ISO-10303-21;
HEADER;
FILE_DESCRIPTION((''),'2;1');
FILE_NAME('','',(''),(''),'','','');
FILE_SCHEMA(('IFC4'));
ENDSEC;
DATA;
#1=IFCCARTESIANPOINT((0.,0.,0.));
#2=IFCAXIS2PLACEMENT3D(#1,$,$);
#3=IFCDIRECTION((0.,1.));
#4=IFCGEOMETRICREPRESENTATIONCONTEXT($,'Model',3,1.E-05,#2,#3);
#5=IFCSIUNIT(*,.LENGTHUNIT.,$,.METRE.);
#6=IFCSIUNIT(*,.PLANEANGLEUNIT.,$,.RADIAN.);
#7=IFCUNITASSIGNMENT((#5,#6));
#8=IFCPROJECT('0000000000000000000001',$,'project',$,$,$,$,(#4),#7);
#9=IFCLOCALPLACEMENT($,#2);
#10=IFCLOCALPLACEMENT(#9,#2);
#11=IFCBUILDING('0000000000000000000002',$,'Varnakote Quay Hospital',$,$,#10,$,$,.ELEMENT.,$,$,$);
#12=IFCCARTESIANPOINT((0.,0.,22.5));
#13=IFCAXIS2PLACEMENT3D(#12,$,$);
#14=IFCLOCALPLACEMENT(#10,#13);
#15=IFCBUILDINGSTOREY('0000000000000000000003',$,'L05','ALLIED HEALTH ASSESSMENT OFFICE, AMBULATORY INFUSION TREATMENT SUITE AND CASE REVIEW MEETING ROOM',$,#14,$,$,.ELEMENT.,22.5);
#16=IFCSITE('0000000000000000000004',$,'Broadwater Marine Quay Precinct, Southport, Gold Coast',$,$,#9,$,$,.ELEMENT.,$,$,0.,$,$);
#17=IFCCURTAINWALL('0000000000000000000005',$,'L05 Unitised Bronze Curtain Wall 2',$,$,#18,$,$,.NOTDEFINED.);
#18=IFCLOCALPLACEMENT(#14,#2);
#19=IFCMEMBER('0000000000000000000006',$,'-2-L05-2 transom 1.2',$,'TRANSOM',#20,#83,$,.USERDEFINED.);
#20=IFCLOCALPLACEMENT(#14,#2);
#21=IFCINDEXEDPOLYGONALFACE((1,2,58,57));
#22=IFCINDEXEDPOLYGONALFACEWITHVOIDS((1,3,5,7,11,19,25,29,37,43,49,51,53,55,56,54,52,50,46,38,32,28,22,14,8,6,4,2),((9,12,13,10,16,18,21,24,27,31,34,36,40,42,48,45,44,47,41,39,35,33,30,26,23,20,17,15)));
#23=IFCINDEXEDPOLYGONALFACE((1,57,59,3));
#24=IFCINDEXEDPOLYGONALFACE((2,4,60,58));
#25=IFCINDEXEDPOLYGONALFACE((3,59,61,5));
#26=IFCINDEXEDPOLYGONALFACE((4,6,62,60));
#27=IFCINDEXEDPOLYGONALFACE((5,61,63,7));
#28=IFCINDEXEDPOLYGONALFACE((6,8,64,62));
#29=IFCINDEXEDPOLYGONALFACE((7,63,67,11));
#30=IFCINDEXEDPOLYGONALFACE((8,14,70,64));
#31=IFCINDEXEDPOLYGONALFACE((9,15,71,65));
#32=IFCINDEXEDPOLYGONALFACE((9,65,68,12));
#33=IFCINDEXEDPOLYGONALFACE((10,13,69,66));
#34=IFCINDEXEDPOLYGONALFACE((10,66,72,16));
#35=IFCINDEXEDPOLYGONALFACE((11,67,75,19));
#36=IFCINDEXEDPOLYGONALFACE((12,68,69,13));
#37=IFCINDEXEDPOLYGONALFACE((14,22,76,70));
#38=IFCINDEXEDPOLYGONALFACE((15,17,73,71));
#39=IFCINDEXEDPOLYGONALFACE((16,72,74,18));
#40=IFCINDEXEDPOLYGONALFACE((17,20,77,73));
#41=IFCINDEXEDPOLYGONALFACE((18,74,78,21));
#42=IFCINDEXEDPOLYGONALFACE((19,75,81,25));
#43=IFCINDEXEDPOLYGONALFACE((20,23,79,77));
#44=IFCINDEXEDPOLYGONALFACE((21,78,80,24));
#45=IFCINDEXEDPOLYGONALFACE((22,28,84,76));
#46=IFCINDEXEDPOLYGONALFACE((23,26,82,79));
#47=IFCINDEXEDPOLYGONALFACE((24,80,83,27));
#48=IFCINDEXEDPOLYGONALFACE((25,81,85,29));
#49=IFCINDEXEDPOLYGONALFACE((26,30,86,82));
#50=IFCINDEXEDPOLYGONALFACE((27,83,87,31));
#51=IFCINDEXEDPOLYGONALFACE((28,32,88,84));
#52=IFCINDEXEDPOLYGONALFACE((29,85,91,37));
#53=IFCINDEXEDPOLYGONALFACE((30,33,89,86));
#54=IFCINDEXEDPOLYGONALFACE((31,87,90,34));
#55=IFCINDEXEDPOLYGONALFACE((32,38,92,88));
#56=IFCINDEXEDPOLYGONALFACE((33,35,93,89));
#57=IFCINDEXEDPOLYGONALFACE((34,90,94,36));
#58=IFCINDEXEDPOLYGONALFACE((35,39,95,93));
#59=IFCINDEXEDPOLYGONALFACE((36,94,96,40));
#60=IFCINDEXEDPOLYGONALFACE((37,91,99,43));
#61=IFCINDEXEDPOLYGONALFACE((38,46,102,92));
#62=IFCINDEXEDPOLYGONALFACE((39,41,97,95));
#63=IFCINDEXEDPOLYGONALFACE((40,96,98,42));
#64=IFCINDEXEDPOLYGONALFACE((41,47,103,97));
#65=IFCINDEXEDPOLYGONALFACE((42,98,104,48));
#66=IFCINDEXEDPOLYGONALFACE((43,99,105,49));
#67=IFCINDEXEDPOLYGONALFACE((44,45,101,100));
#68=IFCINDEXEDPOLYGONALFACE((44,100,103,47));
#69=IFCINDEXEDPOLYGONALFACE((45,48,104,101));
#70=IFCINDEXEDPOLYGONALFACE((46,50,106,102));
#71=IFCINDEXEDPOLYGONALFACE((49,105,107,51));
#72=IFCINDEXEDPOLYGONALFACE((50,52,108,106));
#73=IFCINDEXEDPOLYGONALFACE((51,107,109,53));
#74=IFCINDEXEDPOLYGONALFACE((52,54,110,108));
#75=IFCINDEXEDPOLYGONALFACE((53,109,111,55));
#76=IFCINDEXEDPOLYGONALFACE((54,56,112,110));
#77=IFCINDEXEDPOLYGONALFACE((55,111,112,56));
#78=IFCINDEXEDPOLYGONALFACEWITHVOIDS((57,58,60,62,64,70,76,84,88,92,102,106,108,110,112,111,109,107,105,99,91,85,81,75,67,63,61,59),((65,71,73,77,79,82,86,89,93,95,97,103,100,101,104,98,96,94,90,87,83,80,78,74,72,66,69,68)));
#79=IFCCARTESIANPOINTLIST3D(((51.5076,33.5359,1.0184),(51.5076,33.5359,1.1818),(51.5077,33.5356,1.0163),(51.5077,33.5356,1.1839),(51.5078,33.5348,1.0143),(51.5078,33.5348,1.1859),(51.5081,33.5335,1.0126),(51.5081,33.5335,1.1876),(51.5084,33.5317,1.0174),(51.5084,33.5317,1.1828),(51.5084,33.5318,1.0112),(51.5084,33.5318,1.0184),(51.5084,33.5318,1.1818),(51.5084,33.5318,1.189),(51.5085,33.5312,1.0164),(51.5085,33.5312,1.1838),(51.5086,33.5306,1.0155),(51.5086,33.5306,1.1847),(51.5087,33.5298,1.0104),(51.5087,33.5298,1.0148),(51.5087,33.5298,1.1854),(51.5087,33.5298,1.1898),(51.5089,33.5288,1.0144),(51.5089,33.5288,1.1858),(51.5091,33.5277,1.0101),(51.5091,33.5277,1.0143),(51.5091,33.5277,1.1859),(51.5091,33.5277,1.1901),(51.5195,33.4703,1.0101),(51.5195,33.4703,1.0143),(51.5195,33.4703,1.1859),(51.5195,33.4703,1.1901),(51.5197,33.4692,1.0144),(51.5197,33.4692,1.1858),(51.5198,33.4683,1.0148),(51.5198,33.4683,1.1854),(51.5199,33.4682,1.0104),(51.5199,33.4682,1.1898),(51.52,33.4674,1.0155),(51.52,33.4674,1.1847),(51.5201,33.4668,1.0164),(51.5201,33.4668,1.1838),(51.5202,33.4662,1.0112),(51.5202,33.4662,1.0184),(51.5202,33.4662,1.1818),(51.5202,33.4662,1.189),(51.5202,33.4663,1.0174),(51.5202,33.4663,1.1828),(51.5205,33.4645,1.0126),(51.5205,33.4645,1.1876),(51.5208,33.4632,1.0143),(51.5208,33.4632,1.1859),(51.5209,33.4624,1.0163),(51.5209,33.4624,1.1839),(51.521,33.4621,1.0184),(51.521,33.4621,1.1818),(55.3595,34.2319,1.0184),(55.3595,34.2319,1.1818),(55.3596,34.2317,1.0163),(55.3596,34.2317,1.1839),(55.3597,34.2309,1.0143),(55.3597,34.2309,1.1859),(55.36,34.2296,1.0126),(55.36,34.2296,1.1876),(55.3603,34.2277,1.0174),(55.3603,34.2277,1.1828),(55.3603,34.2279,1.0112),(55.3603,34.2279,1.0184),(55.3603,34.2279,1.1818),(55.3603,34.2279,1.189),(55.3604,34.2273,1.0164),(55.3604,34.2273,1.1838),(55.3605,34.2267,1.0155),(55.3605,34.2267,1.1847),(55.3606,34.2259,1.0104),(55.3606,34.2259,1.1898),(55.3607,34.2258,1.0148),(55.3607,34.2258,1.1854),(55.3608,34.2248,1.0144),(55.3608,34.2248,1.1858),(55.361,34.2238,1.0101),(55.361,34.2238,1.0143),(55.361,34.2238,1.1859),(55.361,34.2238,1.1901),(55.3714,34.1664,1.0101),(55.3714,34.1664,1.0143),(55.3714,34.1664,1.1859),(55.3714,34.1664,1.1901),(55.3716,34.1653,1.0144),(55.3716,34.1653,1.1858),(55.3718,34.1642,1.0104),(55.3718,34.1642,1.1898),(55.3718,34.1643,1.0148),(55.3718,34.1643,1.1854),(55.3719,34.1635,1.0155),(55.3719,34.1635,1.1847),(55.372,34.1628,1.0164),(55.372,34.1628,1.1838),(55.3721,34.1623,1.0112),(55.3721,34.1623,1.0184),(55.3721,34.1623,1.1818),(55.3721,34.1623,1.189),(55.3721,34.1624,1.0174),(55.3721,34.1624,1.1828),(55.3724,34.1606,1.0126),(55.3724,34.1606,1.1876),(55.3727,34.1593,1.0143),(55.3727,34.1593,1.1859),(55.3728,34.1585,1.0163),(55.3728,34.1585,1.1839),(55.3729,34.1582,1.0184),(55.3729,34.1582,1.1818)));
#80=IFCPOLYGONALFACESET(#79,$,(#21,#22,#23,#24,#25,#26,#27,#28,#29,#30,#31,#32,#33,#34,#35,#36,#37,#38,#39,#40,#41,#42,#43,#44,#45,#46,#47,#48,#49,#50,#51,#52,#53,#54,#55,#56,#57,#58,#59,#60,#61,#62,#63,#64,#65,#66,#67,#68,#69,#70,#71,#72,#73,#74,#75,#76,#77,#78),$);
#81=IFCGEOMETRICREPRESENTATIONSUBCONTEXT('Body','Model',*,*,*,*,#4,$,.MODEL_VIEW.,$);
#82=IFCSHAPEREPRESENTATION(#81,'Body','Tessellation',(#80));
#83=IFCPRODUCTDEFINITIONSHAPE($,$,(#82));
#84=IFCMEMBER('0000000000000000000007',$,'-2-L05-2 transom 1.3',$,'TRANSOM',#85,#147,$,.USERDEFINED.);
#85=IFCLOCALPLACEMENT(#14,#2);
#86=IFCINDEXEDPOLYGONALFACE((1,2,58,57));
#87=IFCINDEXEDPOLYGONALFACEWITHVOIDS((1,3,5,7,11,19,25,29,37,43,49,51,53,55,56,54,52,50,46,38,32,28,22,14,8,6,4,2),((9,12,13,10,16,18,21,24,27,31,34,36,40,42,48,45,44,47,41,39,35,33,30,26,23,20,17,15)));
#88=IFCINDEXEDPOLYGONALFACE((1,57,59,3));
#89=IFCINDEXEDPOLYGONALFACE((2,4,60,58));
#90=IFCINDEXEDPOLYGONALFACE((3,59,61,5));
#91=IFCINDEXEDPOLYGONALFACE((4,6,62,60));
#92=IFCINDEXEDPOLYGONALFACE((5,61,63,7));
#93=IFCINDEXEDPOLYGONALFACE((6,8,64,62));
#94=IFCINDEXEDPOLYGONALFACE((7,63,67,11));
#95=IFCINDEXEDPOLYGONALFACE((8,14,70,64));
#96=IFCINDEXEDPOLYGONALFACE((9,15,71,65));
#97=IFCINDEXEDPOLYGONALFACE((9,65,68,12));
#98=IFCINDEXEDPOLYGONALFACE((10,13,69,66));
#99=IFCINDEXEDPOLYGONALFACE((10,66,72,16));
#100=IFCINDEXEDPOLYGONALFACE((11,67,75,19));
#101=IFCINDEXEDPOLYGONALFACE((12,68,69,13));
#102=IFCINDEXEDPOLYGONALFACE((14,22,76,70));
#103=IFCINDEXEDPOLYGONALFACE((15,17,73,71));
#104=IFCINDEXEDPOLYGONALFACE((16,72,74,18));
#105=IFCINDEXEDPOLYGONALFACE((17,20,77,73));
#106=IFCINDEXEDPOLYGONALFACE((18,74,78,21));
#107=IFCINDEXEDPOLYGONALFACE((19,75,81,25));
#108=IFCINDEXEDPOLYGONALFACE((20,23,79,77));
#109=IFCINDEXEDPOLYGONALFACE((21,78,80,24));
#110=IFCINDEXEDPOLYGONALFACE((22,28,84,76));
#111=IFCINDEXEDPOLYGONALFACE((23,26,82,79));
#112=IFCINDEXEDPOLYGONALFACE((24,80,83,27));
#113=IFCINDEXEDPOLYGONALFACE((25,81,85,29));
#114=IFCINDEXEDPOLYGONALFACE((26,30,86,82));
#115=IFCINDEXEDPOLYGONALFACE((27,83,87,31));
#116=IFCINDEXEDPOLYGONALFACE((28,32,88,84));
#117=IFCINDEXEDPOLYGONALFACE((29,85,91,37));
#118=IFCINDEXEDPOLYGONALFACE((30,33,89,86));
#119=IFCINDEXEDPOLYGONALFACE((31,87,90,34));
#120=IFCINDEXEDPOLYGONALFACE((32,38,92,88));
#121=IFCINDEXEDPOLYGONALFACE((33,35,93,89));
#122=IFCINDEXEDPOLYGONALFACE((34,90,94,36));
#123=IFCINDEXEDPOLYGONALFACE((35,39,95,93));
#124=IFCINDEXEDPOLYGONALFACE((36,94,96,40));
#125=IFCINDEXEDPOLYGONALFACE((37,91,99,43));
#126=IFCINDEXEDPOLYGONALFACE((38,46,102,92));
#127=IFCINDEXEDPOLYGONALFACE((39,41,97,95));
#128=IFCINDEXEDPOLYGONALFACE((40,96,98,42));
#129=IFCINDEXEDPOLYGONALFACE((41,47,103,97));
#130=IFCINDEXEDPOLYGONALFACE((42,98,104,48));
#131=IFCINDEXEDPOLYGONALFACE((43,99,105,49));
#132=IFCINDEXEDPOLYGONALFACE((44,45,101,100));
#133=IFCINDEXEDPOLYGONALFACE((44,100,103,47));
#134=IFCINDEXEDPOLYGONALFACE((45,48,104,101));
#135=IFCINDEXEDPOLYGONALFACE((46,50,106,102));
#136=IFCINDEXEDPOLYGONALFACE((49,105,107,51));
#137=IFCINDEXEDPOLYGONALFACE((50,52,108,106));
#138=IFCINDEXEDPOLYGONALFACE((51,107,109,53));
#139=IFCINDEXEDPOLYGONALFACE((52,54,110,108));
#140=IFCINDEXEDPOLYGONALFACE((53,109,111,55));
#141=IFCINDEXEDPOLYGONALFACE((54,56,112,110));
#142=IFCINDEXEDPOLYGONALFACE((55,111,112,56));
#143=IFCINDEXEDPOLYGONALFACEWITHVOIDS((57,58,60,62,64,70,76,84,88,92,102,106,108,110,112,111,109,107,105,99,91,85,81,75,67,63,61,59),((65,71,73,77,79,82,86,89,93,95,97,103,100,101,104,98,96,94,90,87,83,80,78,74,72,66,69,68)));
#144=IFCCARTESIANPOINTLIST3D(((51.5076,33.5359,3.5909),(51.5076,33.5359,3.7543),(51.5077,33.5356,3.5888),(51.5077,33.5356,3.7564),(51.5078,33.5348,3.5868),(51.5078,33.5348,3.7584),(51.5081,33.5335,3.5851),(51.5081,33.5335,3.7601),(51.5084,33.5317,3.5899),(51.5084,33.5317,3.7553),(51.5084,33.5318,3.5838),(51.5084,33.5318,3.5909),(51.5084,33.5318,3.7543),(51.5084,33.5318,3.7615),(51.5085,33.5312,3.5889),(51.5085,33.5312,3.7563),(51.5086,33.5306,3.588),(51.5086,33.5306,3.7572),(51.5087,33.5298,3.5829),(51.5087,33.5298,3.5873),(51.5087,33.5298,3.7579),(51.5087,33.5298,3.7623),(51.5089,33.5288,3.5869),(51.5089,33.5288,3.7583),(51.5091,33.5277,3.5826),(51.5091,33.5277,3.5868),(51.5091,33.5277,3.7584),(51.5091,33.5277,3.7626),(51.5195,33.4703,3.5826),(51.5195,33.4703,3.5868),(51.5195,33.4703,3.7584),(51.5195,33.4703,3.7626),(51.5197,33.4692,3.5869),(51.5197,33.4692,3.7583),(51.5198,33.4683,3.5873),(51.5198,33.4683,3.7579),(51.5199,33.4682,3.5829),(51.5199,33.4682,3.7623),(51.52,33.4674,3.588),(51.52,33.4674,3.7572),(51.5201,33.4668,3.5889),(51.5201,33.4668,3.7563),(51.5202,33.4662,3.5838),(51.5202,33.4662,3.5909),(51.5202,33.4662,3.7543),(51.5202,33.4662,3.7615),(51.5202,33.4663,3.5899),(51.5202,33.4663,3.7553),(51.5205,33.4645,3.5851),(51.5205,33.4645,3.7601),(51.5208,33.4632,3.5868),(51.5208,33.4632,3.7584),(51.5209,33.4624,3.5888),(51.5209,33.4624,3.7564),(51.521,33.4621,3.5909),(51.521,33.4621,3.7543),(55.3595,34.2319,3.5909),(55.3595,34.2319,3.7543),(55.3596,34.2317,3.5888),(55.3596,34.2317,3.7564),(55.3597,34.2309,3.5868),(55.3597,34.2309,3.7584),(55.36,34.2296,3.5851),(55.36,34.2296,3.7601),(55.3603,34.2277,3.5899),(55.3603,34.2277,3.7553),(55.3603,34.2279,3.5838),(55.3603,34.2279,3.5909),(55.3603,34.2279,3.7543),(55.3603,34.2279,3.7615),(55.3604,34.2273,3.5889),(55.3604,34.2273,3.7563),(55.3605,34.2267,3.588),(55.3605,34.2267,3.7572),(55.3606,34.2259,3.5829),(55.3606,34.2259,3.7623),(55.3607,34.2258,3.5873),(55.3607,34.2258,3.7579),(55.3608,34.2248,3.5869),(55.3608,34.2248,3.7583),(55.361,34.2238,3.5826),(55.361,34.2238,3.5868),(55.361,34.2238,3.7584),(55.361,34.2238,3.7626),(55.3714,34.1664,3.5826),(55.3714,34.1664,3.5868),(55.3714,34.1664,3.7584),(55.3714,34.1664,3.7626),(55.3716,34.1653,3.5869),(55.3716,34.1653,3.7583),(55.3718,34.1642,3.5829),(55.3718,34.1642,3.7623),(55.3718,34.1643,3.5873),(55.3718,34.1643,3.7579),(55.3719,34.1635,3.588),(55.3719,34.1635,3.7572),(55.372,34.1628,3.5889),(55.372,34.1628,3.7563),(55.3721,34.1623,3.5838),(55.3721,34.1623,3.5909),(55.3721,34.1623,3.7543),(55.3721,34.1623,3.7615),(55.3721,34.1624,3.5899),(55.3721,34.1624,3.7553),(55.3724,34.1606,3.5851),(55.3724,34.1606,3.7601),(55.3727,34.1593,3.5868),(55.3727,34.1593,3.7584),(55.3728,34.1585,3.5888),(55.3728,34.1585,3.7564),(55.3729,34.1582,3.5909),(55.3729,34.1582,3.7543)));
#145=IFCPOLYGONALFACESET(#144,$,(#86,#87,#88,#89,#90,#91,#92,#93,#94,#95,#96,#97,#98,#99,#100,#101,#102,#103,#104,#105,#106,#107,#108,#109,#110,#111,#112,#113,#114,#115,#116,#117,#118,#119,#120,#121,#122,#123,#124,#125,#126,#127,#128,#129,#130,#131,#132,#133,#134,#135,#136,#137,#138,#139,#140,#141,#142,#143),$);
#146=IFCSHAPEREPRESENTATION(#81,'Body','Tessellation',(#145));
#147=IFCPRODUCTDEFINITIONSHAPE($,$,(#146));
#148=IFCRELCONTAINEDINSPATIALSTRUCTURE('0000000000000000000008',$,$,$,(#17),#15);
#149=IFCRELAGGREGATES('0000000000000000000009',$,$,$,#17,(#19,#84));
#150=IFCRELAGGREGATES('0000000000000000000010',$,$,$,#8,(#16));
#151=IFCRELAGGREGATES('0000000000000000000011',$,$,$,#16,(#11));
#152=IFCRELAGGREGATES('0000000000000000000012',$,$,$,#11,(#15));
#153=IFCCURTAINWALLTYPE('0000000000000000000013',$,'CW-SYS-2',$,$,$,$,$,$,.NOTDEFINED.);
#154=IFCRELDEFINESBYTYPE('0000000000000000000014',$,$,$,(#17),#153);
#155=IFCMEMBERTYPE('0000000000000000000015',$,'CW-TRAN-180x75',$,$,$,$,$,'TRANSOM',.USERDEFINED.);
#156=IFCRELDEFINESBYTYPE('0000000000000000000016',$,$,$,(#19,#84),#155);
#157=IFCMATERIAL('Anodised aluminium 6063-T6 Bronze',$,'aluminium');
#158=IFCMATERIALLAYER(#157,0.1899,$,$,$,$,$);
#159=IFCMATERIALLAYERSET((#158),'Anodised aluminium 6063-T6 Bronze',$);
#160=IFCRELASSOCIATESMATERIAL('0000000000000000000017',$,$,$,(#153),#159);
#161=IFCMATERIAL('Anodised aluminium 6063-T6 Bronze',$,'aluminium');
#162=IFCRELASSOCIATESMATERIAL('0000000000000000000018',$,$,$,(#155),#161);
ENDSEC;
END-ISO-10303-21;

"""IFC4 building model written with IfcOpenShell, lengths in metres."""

from ifc_helpers import new_model, si_unit, direction, frame, origin, origin_2d, place, context, subcontext, project, spatial, hollow_rectangle, extrude, material, layer, layer_set, material_profile, profile_set, type_object, element, aggregate, save


model = new_model("IFC4")

# Units and contexts
model_context = context("Model", 3, precision=1e-05, world=origin(), true_north=direction((0.0, 1.0)))
body_context = subcontext(model_context, "Body", "Model", "MODEL_VIEW")
ifc_project = project(units=[si_unit("LENGTHUNIT", "METRE"), si_unit("PLANEANGLEUNIT", "RADIAN")], contexts=[model_context])

# Site, building, storey
site_placement = place(None, origin())
site = spatial("IfcSite", under=ifc_project, at=site_placement, Name="Broadwater Marine Quay Precinct, Southport, Gold Coast", CompositionType="ELEMENT", RefElevation=0.0)
building_placement = place(site_placement, origin())
building = spatial("IfcBuilding", under=site, at=building_placement, Name="Varnakote Quay Hospital", CompositionType="ELEMENT")
storey_placement = place(building_placement, frame((0.0, 0.0, 22.5)))
storey = spatial("IfcBuildingStorey", under=building, at=storey_placement, Name="L05", Description="ALLIED HEALTH ASSESSMENT OFFICE, AMBULATORY INFUSION TREATMENT SUITE AND CASE REVIEW MEETING ROOM", CompositionType="ELEMENT", Elevation=22.5)

# Shared definitions
ifc_material_1 = material(Name="Anodised aluminium 6063-T6 Bronze", Category="aluminium")
ifc_layer_1 = layer(ifc_material_1, 0.1899)
ifc_layer_set_1 = layer_set([ifc_layer_1], Name="Anodised aluminium 6063-T6 Bronze")
curtain_wall_type = type_object("IfcCurtainWallType", Name="CW-SYS-2", PredefinedType="NOTDEFINED", material=ifc_layer_set_1)

# Curtain wall
curtain_wall_1_placement = place(storey_placement, origin())
curtain_wall_1 = element("IfcCurtainWall", 1, at=curtain_wall_1_placement, inside=storey, type_object=curtain_wall_type, Name="L05 Unitised Bronze Curtain Wall 2", PredefinedType="NOTDEFINED")

# Members
ifc_material_2 = material(Name="Anodised aluminium 6063-T6 Bronze", Category="aluminium")
ifc_material_profile_1 = material_profile(ifc_material_2, hollow_rectangle(XDim=0.075, YDim=0.1799, WallThickness=0.0042, InnerFilletRadius=0.0042, OuterFilletRadius=0.0083, at=origin_2d()), Name="CW-TRAN-180x75")
ifc_profile_set_1 = profile_set([ifc_material_profile_1], Name="Anodised aluminium 6063-T6 Bronze")
member_type_1 = type_object("IfcMemberType", Name="CW-TRAN-180x75", ElementType="TRANSOM", PredefinedType="USERDEFINED", material=ifc_profile_set_1)
member_1_placement = place(storey_placement, frame((55.3662, 34.1951, 1.1001), z_axis=(-0.984062, -0.177826, 0.0), x_axis=(0.177826, -0.984062, 0.0)))
member_1 = element("IfcMember", 2, at=member_1_placement, type_object=member_type_1, Name="-2-L05-2 transom 1.2", ObjectType="TRANSOM", PredefinedType="USERDEFINED", context=body_context, shape_type="SweptSolid", body=[
    extrude(hollow_rectangle(XDim=0.075, YDim=0.1799, WallThickness=0.0042, InnerFilletRadius=0.0042, OuterFilletRadius=0.0083, at=origin_2d()), origin(), (0.0, 0.0, 1.0), 3.9143),
])
member_2_placement = place(storey_placement, frame((55.3662, 34.1951, 3.6726), z_axis=(-0.984062, -0.177826, 0.0), x_axis=(0.177826, -0.984062, 0.0)))
member_2 = element("IfcMember", 3, at=member_2_placement, type_object=member_type_1, Name="-2-L05-2 transom 1.3", ObjectType="TRANSOM", PredefinedType="USERDEFINED", context=body_context, shape_type="SweptSolid", body=[
    extrude(hollow_rectangle(XDim=0.075, YDim=0.1799, WallThickness=0.0042, InnerFilletRadius=0.0042, OuterFilletRadius=0.0083, at=origin_2d()), origin(), (0.0, 0.0, 1.0), 3.9143),
])

aggregate(curtain_wall_1, [member_1, member_2])

save(model, "model.ifc")
